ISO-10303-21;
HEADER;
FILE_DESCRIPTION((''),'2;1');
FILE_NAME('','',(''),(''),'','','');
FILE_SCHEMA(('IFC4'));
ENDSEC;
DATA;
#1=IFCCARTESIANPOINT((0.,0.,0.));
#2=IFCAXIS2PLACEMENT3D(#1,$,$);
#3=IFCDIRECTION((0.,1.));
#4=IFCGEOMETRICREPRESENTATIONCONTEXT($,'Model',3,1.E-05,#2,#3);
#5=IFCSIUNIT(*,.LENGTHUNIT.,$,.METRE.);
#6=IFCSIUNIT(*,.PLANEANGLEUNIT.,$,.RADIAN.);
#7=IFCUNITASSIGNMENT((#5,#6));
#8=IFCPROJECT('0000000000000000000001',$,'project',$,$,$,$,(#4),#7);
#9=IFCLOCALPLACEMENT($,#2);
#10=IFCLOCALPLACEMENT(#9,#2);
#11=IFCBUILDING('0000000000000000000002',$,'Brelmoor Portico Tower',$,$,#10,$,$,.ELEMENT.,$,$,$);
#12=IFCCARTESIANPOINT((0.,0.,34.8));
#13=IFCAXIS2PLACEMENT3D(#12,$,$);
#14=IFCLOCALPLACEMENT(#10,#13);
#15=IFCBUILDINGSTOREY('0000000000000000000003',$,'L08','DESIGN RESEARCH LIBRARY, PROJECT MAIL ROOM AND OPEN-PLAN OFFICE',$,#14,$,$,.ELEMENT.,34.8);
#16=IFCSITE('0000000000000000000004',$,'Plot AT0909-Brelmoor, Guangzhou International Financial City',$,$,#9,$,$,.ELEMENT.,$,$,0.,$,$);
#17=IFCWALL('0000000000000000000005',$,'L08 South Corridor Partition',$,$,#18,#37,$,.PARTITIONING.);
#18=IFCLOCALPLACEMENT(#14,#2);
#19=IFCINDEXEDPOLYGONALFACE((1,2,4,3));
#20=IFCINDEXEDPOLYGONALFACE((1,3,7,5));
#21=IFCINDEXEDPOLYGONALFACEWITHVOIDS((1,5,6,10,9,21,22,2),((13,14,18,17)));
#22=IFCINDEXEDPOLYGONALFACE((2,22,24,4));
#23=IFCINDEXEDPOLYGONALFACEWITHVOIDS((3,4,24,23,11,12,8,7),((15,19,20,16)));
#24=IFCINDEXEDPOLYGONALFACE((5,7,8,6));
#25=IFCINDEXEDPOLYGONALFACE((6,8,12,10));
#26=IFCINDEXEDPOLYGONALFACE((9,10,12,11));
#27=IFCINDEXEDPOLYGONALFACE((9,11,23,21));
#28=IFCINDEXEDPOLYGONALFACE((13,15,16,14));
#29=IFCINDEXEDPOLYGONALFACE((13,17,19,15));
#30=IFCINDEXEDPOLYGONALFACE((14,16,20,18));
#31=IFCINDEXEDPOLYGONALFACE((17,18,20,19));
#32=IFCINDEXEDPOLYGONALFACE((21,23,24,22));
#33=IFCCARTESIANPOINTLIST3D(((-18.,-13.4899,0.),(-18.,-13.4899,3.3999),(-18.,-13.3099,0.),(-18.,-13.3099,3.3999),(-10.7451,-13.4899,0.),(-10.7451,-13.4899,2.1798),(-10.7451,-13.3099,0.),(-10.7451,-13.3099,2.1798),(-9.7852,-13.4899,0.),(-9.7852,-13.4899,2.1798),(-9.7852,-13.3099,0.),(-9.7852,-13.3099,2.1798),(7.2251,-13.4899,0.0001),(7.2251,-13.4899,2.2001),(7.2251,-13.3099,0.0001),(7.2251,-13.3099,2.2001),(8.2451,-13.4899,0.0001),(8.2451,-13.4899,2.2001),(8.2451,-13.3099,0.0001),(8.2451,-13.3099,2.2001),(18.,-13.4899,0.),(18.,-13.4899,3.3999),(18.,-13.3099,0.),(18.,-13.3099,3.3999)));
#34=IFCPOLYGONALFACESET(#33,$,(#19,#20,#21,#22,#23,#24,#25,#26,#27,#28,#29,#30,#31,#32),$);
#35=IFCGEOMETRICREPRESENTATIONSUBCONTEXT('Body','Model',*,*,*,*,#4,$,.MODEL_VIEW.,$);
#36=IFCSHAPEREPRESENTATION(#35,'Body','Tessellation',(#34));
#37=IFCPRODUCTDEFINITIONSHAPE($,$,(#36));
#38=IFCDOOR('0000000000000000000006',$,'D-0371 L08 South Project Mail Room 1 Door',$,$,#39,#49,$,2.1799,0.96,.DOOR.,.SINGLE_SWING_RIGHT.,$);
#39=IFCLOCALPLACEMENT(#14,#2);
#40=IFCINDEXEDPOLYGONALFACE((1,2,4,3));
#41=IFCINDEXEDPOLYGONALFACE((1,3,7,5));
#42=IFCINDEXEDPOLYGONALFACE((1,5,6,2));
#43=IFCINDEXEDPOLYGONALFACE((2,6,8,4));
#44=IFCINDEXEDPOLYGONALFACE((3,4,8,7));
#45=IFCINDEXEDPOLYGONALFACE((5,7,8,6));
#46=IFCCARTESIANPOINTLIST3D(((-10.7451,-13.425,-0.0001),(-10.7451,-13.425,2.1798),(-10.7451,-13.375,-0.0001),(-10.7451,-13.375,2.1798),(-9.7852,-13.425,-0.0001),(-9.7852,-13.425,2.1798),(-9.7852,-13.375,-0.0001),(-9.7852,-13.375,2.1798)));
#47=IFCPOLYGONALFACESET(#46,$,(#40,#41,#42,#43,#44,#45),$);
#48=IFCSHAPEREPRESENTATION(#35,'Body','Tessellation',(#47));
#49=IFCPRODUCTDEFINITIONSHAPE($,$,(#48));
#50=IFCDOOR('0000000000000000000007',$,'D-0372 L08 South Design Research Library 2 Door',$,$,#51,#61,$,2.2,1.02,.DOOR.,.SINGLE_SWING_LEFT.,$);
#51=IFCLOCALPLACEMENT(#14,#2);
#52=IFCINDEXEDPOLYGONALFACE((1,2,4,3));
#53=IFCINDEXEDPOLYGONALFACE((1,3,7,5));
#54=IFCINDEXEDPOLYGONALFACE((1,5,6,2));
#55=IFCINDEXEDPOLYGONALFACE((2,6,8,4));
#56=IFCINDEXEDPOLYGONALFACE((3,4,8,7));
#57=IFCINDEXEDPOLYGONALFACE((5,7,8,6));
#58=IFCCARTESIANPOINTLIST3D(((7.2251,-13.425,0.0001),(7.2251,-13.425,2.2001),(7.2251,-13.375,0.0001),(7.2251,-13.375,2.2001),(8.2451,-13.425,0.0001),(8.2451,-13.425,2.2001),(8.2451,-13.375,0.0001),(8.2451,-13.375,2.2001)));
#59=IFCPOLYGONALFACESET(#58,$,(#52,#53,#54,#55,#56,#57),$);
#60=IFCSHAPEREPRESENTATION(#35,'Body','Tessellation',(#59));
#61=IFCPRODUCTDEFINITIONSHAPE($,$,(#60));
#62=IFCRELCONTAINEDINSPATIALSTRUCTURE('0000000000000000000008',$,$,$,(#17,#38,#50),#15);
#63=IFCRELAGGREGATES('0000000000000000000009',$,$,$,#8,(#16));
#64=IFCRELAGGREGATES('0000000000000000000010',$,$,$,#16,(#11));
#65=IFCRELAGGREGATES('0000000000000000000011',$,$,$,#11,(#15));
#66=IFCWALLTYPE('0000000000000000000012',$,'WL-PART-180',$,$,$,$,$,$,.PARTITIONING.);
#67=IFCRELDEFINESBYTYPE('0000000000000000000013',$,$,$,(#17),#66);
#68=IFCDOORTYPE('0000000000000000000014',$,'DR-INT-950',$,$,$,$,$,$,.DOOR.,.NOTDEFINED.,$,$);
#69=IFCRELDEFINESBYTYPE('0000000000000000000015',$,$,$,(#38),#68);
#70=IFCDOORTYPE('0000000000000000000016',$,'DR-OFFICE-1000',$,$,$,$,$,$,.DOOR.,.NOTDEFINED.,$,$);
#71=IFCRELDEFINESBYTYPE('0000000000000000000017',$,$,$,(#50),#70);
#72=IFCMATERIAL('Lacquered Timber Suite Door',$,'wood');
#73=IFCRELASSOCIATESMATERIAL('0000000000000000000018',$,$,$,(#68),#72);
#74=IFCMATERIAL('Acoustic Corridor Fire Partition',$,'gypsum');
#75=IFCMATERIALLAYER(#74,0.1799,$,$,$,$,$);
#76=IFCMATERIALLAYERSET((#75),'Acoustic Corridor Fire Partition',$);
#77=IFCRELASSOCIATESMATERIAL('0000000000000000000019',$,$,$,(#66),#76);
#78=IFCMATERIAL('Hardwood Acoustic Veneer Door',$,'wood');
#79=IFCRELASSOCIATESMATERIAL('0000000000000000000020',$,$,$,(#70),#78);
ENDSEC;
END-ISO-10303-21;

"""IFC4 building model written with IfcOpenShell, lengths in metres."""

from ifc_helpers import new_model, si_unit, direction, frame, frame_2d, origin, place, context, subcontext, project, spatial, rectangle, extrude, material, layer, layer_set, type_object, element, fill, save


model = new_model("IFC4")

# Units and contexts
model_context = context("Model", 3, precision=1e-05, world=origin(), true_north=direction((0.0, 1.0)))
body_context = subcontext(model_context, "Body", "Model", "MODEL_VIEW")
ifc_project = project(units=[si_unit("LENGTHUNIT", "METRE"), si_unit("PLANEANGLEUNIT", "RADIAN")], contexts=[model_context])

# Site, building, storey
site_placement = place(None, origin())
site = spatial("IfcSite", under=ifc_project, at=site_placement, Name="Plot AT0909-Brelmoor, Guangzhou International Financial City", CompositionType="ELEMENT", RefElevation=0.0)
building_placement = place(site_placement, origin())
building = spatial("IfcBuilding", under=site, at=building_placement, Name="Brelmoor Portico Tower", CompositionType="ELEMENT")
storey_placement = place(building_placement, frame((0.0, 0.0, 34.8)))
storey = spatial("IfcBuildingStorey", under=building, at=storey_placement, Name="L08", Description="DESIGN RESEARCH LIBRARY, PROJECT MAIL ROOM AND OPEN-PLAN OFFICE", CompositionType="ELEMENT", Elevation=34.8)

# Shared definitions
ifc_material_1 = material(Name="Lacquered Timber Suite Door", Category="wood")
door_type_1 = type_object("IfcDoorType", Name="DR-INT-950", OperationType="NOTDEFINED", PredefinedType="DOOR", material=ifc_material_1)

# Wall, openings, doors
ifc_material_2 = material(Name="Acoustic Corridor Fire Partition", Category="gypsum")
ifc_layer_1 = layer(ifc_material_2, 0.1799)
ifc_layer_set_1 = layer_set([ifc_layer_1], Name="Acoustic Corridor Fire Partition")
wall_type_1 = type_object("IfcWallType", Name="WL-PART-180", PredefinedType="PARTITIONING", material=ifc_layer_set_1)
wall_1_placement = place(storey_placement, frame((-18.0, -13.3999, 0.0), z_axis=(0.0, 0.0, 1.0), x_axis=(1.0, 0.0, 0.0)))
wall_1 = element("IfcWall", 1, at=wall_1_placement, inside=storey, type_object=wall_type_1, Name="L08 South Corridor Partition", PredefinedType="PARTITIONING", context=body_context, shape_type="SweptSolid", body=[
    extrude(rectangle(XDim=36.0, YDim=0.1799, at=frame_2d((18.0, 0.0))), origin(), (0.0, 0.0, 1.0), 3.3999),
])
opening_1_placement = place(wall_1_placement, frame((7.2549, 0.0, 0.0)))
opening_1 = element("IfcOpeningElement", 2, at=opening_1_placement, cuts=wall_1, PredefinedType="OPENING", context=body_context, shape_type="SweptSolid", body=[
    extrude(rectangle(XDim=0.96, YDim=2.1799, at=frame_2d((0.48, 1.0898))), frame((0.0, 0.0999, 0.0), z_axis=(0.0, -1.0, 0.0), x_axis=(1.0, 0.0, 0.0)), (0.0, 0.0, 1.0), 0.2),
])
opening_2_placement = place(wall_1_placement, frame((25.2251, 0.0, 0.0)))
opening_2 = element("IfcOpeningElement", 3, at=opening_2_placement, cuts=wall_1, PredefinedType="OPENING", context=body_context, shape_type="SweptSolid", body=[
    extrude(rectangle(XDim=1.02, YDim=2.2, at=frame_2d((0.51, 1.1001))), frame((0.0, 0.0999, 0.0), z_axis=(0.0, -1.0, 0.0), x_axis=(1.0, 0.0, 0.0)), (0.0, 0.0, 1.0), 0.2),
])
door_1_placement = place(opening_1_placement, origin())
door_1 = element("IfcDoor", 4, at=door_1_placement, inside=storey, type_object=door_type_1, Name="D-0371 L08 South Project Mail Room 1 Door", OperationType="SINGLE_SWING_RIGHT", OverallHeight=2.1799, OverallWidth=0.96, PredefinedType="DOOR", context=body_context, shape_type="SweptSolid", body=[
    extrude(rectangle(XDim=0.96, YDim=2.1799, at=frame_2d((0.48, 1.0898))), frame((0.0, 0.0249, 0.0), z_axis=(0.0, -1.0, 0.0), x_axis=(1.0, 0.0, 0.0)), (0.0, 0.0, 1.0), 0.05),
])
fill(opening_1, door_1)
ifc_material_3 = material(Name="Hardwood Acoustic Veneer Door", Category="wood")
door_type_2 = type_object("IfcDoorType", Name="DR-OFFICE-1000", OperationType="NOTDEFINED", PredefinedType="DOOR", material=ifc_material_3)
door_2_placement = place(opening_2_placement, origin())
door_2 = element("IfcDoor", 5, at=door_2_placement, inside=storey, type_object=door_type_2, Name="D-0372 L08 South Design Research Library 2 Door", OperationType="SINGLE_SWING_LEFT", OverallHeight=2.2, OverallWidth=1.02, PredefinedType="DOOR", context=body_context, shape_type="SweptSolid", body=[
    extrude(rectangle(XDim=1.02, YDim=2.2, at=frame_2d((0.51, 1.1001))), frame((0.0, 0.0249, 0.0), z_axis=(0.0, -1.0, 0.0), x_axis=(1.0, 0.0, 0.0)), (0.0, 0.0, 1.0), 0.05),
])
fill(opening_2, door_2)

save(model, "model.ifc")
